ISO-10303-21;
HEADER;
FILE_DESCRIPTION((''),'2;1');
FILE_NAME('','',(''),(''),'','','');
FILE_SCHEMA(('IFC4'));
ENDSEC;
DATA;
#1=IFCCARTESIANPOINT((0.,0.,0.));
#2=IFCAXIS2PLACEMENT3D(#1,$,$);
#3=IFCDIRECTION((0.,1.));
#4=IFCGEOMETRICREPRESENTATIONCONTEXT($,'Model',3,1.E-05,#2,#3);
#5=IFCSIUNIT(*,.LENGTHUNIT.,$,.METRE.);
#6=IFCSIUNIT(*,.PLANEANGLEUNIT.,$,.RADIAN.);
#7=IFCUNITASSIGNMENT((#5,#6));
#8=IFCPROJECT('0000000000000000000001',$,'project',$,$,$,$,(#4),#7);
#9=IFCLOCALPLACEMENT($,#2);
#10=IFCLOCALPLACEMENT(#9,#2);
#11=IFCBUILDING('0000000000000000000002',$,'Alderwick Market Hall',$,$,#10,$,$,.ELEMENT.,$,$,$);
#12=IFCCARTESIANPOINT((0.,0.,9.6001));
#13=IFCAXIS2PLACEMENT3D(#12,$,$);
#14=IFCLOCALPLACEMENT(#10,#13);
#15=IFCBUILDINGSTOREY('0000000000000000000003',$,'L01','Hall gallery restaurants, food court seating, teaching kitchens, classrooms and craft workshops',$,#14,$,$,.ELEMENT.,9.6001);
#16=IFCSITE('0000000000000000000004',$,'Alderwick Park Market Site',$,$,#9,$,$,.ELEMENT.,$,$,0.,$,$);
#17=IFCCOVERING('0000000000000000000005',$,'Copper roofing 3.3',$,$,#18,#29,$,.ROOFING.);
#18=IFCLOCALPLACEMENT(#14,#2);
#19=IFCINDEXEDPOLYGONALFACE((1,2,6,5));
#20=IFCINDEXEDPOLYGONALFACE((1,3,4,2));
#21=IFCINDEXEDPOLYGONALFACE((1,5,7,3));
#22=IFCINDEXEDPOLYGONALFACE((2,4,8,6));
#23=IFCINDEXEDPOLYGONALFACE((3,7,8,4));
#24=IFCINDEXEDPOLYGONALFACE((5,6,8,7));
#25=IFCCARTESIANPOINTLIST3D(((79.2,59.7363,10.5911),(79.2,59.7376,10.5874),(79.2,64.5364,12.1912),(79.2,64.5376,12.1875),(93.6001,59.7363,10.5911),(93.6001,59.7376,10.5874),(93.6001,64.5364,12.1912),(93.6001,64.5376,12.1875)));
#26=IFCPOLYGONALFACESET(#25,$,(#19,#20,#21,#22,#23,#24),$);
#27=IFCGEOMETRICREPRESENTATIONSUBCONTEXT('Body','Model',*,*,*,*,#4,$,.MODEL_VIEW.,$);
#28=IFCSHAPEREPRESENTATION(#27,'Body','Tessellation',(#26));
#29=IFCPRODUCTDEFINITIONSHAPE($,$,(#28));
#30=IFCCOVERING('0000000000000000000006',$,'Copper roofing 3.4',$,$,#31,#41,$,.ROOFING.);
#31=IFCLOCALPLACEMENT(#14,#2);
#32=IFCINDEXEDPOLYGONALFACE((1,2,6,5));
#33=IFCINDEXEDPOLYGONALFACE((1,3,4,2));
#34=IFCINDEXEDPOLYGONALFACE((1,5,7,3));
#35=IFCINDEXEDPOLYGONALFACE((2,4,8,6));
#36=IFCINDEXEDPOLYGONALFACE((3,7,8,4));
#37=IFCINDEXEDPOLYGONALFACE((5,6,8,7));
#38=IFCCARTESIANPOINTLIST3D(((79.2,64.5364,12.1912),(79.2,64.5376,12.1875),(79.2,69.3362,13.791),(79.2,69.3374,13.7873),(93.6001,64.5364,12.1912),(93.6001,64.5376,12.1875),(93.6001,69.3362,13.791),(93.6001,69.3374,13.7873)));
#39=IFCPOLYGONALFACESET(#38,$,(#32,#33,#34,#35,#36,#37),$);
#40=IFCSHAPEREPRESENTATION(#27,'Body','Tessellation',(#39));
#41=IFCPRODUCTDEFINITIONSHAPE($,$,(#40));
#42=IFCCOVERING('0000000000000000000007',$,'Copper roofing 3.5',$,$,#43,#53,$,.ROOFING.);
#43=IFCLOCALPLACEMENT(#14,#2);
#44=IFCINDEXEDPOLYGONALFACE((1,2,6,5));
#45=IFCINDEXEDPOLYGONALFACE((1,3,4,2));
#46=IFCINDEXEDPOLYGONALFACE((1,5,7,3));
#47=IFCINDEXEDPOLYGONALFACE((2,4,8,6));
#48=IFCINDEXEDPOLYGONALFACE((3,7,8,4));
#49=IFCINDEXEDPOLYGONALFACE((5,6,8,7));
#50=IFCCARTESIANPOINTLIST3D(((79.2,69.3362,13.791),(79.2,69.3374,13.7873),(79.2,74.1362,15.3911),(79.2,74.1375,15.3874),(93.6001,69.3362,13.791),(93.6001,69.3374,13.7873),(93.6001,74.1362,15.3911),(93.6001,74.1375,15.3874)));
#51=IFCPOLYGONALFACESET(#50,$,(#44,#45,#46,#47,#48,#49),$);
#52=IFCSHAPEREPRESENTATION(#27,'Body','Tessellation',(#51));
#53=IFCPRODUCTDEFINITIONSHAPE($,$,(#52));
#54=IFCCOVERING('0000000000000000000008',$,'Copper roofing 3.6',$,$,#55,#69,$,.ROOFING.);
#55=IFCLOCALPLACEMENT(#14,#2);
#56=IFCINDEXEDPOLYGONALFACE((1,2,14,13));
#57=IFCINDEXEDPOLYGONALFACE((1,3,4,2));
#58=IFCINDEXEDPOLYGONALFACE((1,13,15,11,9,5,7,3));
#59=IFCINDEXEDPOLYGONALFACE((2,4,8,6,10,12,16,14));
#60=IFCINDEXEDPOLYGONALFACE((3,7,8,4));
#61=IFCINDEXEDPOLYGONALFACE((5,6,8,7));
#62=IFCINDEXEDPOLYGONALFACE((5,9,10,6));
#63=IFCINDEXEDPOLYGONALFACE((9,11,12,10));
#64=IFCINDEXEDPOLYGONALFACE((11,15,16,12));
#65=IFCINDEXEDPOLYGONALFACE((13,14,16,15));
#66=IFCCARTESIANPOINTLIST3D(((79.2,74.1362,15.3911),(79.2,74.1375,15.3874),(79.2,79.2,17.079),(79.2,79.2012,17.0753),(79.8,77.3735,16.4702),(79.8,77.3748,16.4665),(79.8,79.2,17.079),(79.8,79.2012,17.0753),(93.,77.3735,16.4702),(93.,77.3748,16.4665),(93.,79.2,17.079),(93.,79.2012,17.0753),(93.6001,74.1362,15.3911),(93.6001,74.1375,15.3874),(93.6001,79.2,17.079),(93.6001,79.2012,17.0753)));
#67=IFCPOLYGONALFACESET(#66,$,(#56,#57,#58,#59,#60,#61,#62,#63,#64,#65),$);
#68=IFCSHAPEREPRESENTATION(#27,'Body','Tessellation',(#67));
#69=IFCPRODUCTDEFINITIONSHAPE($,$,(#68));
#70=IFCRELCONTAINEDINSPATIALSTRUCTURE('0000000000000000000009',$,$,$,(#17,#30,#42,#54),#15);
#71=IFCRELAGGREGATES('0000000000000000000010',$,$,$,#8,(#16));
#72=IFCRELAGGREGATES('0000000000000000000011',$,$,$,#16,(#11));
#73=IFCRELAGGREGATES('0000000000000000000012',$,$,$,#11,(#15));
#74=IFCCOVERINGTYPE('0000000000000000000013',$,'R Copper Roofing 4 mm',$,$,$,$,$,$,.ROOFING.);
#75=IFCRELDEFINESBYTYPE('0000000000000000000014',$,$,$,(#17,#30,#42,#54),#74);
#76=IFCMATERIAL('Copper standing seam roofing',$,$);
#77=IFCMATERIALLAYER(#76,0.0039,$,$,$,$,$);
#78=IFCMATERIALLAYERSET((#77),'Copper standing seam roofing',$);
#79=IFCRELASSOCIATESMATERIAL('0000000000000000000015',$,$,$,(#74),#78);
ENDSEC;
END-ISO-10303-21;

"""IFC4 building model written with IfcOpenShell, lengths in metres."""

from ifc_helpers import new_model, si_unit, direction, frame, origin, place, context, subcontext, project, spatial, polyline, outline, extrude, material, layer, layer_set, type_object, element, save


model = new_model("IFC4")

# Units and contexts
model_context = context("Model", 3, precision=1e-05, world=origin(), true_north=direction((0.0, 1.0)))
body_context = subcontext(model_context, "Body", "Model", "MODEL_VIEW")
ifc_project = project(units=[si_unit("LENGTHUNIT", "METRE"), si_unit("PLANEANGLEUNIT", "RADIAN")], contexts=[model_context])

# Site, building, storey
site_placement = place(None, origin())
site = spatial("IfcSite", under=ifc_project, at=site_placement, Name="Alderwick Park Market Site", CompositionType="ELEMENT", RefElevation=0.0)
building_placement = place(site_placement, origin())
building = spatial("IfcBuilding", under=site, at=building_placement, Name="Alderwick Market Hall", CompositionType="ELEMENT")
storey_placement = place(building_placement, frame((0.0, 0.0, 9.6001)))
storey = spatial("IfcBuildingStorey", under=building, at=storey_placement, Name="L01", Description="Hall gallery restaurants, food court seating, teaching kitchens, classrooms and craft workshops", CompositionType="ELEMENT", Elevation=9.6001)

# Coverings
ifc_material_1 = material(Name="Copper standing seam roofing")
ifc_layer_1 = layer(ifc_material_1, 0.0039)
ifc_layer_set_1 = layer_set([ifc_layer_1], Name="Copper standing seam roofing")
covering_type = type_object("IfcCoveringType", Name="R Copper Roofing 4 mm", PredefinedType="ROOFING", material=ifc_layer_set_1)
covering_1_placement = place(storey_placement, frame((79.2, 59.7363, 10.5911), z_axis=(0.0, -0.316242, 0.948678), x_axis=(1.0, 0.0, 0.0)))
element("IfcCovering", 1, at=covering_1_placement, inside=storey, type_object=covering_type, Name="Copper roofing 3.3", PredefinedType="ROOFING", context=body_context, shape_type="SweptSolid", body=[
    extrude(outline(polyline([(0.0, 0.0), (14.4001, 0.0), (14.4001, 5.0597), (0.0, 5.0597), (0.0, 0.0)])), origin(), (0.0, 0.0, -1.0), 0.0039),
])
covering_2_placement = place(storey_placement, frame((79.2, 64.5364, 12.1912), z_axis=(0.0, -0.316213, 0.948688), x_axis=(1.0, 0.0, 0.0)))
element("IfcCovering", 2, at=covering_2_placement, inside=storey, type_object=covering_type, Name="Copper roofing 3.4", PredefinedType="ROOFING", context=body_context, shape_type="SweptSolid", body=[
    extrude(outline(polyline([(0.0, 0.0), (14.4001, 0.0), (14.4001, 5.0594), (0.0, 5.0594), (0.0, 0.0)])), origin(), (0.0, 0.0, -1.0), 0.0039),
])
covering_3_placement = place(storey_placement, frame((79.2, 69.3362, 13.791), z_axis=(0.0, -0.316242, 0.948678), x_axis=(1.0, 0.0, 0.0)))
element("IfcCovering", 3, at=covering_3_placement, inside=storey, type_object=covering_type, Name="Copper roofing 3.5", PredefinedType="ROOFING", context=body_context, shape_type="SweptSolid", body=[
    extrude(outline(polyline([(0.0, 0.0), (14.4001, 0.0), (14.4001, 5.0597), (0.0, 5.0597), (0.0, 0.0)])), origin(), (0.0, 0.0, -1.0), 0.0039),
])
covering_4_placement = place(storey_placement, frame((79.2, 74.1362, 15.3911), z_axis=(0.0, -0.316229, 0.948683), x_axis=(1.0, 0.0, 0.0)))
element("IfcCovering", 4, at=covering_4_placement, inside=storey, type_object=covering_type, Name="Copper roofing 3.6", PredefinedType="ROOFING", context=body_context, shape_type="SweptSolid", body=[
    extrude(outline(polyline([(0.0, 0.0), (14.4001, 0.0), (14.4001, 5.3377), (13.8, 5.3377), (13.8, 3.4124), (0.6001, 3.4124), (0.6001, 5.3377), (0.0, 5.3377), (0.0, 0.0)])), origin(), (0.0, 0.0, -1.0), 0.0039),
])

save(model, "model.ifc")
